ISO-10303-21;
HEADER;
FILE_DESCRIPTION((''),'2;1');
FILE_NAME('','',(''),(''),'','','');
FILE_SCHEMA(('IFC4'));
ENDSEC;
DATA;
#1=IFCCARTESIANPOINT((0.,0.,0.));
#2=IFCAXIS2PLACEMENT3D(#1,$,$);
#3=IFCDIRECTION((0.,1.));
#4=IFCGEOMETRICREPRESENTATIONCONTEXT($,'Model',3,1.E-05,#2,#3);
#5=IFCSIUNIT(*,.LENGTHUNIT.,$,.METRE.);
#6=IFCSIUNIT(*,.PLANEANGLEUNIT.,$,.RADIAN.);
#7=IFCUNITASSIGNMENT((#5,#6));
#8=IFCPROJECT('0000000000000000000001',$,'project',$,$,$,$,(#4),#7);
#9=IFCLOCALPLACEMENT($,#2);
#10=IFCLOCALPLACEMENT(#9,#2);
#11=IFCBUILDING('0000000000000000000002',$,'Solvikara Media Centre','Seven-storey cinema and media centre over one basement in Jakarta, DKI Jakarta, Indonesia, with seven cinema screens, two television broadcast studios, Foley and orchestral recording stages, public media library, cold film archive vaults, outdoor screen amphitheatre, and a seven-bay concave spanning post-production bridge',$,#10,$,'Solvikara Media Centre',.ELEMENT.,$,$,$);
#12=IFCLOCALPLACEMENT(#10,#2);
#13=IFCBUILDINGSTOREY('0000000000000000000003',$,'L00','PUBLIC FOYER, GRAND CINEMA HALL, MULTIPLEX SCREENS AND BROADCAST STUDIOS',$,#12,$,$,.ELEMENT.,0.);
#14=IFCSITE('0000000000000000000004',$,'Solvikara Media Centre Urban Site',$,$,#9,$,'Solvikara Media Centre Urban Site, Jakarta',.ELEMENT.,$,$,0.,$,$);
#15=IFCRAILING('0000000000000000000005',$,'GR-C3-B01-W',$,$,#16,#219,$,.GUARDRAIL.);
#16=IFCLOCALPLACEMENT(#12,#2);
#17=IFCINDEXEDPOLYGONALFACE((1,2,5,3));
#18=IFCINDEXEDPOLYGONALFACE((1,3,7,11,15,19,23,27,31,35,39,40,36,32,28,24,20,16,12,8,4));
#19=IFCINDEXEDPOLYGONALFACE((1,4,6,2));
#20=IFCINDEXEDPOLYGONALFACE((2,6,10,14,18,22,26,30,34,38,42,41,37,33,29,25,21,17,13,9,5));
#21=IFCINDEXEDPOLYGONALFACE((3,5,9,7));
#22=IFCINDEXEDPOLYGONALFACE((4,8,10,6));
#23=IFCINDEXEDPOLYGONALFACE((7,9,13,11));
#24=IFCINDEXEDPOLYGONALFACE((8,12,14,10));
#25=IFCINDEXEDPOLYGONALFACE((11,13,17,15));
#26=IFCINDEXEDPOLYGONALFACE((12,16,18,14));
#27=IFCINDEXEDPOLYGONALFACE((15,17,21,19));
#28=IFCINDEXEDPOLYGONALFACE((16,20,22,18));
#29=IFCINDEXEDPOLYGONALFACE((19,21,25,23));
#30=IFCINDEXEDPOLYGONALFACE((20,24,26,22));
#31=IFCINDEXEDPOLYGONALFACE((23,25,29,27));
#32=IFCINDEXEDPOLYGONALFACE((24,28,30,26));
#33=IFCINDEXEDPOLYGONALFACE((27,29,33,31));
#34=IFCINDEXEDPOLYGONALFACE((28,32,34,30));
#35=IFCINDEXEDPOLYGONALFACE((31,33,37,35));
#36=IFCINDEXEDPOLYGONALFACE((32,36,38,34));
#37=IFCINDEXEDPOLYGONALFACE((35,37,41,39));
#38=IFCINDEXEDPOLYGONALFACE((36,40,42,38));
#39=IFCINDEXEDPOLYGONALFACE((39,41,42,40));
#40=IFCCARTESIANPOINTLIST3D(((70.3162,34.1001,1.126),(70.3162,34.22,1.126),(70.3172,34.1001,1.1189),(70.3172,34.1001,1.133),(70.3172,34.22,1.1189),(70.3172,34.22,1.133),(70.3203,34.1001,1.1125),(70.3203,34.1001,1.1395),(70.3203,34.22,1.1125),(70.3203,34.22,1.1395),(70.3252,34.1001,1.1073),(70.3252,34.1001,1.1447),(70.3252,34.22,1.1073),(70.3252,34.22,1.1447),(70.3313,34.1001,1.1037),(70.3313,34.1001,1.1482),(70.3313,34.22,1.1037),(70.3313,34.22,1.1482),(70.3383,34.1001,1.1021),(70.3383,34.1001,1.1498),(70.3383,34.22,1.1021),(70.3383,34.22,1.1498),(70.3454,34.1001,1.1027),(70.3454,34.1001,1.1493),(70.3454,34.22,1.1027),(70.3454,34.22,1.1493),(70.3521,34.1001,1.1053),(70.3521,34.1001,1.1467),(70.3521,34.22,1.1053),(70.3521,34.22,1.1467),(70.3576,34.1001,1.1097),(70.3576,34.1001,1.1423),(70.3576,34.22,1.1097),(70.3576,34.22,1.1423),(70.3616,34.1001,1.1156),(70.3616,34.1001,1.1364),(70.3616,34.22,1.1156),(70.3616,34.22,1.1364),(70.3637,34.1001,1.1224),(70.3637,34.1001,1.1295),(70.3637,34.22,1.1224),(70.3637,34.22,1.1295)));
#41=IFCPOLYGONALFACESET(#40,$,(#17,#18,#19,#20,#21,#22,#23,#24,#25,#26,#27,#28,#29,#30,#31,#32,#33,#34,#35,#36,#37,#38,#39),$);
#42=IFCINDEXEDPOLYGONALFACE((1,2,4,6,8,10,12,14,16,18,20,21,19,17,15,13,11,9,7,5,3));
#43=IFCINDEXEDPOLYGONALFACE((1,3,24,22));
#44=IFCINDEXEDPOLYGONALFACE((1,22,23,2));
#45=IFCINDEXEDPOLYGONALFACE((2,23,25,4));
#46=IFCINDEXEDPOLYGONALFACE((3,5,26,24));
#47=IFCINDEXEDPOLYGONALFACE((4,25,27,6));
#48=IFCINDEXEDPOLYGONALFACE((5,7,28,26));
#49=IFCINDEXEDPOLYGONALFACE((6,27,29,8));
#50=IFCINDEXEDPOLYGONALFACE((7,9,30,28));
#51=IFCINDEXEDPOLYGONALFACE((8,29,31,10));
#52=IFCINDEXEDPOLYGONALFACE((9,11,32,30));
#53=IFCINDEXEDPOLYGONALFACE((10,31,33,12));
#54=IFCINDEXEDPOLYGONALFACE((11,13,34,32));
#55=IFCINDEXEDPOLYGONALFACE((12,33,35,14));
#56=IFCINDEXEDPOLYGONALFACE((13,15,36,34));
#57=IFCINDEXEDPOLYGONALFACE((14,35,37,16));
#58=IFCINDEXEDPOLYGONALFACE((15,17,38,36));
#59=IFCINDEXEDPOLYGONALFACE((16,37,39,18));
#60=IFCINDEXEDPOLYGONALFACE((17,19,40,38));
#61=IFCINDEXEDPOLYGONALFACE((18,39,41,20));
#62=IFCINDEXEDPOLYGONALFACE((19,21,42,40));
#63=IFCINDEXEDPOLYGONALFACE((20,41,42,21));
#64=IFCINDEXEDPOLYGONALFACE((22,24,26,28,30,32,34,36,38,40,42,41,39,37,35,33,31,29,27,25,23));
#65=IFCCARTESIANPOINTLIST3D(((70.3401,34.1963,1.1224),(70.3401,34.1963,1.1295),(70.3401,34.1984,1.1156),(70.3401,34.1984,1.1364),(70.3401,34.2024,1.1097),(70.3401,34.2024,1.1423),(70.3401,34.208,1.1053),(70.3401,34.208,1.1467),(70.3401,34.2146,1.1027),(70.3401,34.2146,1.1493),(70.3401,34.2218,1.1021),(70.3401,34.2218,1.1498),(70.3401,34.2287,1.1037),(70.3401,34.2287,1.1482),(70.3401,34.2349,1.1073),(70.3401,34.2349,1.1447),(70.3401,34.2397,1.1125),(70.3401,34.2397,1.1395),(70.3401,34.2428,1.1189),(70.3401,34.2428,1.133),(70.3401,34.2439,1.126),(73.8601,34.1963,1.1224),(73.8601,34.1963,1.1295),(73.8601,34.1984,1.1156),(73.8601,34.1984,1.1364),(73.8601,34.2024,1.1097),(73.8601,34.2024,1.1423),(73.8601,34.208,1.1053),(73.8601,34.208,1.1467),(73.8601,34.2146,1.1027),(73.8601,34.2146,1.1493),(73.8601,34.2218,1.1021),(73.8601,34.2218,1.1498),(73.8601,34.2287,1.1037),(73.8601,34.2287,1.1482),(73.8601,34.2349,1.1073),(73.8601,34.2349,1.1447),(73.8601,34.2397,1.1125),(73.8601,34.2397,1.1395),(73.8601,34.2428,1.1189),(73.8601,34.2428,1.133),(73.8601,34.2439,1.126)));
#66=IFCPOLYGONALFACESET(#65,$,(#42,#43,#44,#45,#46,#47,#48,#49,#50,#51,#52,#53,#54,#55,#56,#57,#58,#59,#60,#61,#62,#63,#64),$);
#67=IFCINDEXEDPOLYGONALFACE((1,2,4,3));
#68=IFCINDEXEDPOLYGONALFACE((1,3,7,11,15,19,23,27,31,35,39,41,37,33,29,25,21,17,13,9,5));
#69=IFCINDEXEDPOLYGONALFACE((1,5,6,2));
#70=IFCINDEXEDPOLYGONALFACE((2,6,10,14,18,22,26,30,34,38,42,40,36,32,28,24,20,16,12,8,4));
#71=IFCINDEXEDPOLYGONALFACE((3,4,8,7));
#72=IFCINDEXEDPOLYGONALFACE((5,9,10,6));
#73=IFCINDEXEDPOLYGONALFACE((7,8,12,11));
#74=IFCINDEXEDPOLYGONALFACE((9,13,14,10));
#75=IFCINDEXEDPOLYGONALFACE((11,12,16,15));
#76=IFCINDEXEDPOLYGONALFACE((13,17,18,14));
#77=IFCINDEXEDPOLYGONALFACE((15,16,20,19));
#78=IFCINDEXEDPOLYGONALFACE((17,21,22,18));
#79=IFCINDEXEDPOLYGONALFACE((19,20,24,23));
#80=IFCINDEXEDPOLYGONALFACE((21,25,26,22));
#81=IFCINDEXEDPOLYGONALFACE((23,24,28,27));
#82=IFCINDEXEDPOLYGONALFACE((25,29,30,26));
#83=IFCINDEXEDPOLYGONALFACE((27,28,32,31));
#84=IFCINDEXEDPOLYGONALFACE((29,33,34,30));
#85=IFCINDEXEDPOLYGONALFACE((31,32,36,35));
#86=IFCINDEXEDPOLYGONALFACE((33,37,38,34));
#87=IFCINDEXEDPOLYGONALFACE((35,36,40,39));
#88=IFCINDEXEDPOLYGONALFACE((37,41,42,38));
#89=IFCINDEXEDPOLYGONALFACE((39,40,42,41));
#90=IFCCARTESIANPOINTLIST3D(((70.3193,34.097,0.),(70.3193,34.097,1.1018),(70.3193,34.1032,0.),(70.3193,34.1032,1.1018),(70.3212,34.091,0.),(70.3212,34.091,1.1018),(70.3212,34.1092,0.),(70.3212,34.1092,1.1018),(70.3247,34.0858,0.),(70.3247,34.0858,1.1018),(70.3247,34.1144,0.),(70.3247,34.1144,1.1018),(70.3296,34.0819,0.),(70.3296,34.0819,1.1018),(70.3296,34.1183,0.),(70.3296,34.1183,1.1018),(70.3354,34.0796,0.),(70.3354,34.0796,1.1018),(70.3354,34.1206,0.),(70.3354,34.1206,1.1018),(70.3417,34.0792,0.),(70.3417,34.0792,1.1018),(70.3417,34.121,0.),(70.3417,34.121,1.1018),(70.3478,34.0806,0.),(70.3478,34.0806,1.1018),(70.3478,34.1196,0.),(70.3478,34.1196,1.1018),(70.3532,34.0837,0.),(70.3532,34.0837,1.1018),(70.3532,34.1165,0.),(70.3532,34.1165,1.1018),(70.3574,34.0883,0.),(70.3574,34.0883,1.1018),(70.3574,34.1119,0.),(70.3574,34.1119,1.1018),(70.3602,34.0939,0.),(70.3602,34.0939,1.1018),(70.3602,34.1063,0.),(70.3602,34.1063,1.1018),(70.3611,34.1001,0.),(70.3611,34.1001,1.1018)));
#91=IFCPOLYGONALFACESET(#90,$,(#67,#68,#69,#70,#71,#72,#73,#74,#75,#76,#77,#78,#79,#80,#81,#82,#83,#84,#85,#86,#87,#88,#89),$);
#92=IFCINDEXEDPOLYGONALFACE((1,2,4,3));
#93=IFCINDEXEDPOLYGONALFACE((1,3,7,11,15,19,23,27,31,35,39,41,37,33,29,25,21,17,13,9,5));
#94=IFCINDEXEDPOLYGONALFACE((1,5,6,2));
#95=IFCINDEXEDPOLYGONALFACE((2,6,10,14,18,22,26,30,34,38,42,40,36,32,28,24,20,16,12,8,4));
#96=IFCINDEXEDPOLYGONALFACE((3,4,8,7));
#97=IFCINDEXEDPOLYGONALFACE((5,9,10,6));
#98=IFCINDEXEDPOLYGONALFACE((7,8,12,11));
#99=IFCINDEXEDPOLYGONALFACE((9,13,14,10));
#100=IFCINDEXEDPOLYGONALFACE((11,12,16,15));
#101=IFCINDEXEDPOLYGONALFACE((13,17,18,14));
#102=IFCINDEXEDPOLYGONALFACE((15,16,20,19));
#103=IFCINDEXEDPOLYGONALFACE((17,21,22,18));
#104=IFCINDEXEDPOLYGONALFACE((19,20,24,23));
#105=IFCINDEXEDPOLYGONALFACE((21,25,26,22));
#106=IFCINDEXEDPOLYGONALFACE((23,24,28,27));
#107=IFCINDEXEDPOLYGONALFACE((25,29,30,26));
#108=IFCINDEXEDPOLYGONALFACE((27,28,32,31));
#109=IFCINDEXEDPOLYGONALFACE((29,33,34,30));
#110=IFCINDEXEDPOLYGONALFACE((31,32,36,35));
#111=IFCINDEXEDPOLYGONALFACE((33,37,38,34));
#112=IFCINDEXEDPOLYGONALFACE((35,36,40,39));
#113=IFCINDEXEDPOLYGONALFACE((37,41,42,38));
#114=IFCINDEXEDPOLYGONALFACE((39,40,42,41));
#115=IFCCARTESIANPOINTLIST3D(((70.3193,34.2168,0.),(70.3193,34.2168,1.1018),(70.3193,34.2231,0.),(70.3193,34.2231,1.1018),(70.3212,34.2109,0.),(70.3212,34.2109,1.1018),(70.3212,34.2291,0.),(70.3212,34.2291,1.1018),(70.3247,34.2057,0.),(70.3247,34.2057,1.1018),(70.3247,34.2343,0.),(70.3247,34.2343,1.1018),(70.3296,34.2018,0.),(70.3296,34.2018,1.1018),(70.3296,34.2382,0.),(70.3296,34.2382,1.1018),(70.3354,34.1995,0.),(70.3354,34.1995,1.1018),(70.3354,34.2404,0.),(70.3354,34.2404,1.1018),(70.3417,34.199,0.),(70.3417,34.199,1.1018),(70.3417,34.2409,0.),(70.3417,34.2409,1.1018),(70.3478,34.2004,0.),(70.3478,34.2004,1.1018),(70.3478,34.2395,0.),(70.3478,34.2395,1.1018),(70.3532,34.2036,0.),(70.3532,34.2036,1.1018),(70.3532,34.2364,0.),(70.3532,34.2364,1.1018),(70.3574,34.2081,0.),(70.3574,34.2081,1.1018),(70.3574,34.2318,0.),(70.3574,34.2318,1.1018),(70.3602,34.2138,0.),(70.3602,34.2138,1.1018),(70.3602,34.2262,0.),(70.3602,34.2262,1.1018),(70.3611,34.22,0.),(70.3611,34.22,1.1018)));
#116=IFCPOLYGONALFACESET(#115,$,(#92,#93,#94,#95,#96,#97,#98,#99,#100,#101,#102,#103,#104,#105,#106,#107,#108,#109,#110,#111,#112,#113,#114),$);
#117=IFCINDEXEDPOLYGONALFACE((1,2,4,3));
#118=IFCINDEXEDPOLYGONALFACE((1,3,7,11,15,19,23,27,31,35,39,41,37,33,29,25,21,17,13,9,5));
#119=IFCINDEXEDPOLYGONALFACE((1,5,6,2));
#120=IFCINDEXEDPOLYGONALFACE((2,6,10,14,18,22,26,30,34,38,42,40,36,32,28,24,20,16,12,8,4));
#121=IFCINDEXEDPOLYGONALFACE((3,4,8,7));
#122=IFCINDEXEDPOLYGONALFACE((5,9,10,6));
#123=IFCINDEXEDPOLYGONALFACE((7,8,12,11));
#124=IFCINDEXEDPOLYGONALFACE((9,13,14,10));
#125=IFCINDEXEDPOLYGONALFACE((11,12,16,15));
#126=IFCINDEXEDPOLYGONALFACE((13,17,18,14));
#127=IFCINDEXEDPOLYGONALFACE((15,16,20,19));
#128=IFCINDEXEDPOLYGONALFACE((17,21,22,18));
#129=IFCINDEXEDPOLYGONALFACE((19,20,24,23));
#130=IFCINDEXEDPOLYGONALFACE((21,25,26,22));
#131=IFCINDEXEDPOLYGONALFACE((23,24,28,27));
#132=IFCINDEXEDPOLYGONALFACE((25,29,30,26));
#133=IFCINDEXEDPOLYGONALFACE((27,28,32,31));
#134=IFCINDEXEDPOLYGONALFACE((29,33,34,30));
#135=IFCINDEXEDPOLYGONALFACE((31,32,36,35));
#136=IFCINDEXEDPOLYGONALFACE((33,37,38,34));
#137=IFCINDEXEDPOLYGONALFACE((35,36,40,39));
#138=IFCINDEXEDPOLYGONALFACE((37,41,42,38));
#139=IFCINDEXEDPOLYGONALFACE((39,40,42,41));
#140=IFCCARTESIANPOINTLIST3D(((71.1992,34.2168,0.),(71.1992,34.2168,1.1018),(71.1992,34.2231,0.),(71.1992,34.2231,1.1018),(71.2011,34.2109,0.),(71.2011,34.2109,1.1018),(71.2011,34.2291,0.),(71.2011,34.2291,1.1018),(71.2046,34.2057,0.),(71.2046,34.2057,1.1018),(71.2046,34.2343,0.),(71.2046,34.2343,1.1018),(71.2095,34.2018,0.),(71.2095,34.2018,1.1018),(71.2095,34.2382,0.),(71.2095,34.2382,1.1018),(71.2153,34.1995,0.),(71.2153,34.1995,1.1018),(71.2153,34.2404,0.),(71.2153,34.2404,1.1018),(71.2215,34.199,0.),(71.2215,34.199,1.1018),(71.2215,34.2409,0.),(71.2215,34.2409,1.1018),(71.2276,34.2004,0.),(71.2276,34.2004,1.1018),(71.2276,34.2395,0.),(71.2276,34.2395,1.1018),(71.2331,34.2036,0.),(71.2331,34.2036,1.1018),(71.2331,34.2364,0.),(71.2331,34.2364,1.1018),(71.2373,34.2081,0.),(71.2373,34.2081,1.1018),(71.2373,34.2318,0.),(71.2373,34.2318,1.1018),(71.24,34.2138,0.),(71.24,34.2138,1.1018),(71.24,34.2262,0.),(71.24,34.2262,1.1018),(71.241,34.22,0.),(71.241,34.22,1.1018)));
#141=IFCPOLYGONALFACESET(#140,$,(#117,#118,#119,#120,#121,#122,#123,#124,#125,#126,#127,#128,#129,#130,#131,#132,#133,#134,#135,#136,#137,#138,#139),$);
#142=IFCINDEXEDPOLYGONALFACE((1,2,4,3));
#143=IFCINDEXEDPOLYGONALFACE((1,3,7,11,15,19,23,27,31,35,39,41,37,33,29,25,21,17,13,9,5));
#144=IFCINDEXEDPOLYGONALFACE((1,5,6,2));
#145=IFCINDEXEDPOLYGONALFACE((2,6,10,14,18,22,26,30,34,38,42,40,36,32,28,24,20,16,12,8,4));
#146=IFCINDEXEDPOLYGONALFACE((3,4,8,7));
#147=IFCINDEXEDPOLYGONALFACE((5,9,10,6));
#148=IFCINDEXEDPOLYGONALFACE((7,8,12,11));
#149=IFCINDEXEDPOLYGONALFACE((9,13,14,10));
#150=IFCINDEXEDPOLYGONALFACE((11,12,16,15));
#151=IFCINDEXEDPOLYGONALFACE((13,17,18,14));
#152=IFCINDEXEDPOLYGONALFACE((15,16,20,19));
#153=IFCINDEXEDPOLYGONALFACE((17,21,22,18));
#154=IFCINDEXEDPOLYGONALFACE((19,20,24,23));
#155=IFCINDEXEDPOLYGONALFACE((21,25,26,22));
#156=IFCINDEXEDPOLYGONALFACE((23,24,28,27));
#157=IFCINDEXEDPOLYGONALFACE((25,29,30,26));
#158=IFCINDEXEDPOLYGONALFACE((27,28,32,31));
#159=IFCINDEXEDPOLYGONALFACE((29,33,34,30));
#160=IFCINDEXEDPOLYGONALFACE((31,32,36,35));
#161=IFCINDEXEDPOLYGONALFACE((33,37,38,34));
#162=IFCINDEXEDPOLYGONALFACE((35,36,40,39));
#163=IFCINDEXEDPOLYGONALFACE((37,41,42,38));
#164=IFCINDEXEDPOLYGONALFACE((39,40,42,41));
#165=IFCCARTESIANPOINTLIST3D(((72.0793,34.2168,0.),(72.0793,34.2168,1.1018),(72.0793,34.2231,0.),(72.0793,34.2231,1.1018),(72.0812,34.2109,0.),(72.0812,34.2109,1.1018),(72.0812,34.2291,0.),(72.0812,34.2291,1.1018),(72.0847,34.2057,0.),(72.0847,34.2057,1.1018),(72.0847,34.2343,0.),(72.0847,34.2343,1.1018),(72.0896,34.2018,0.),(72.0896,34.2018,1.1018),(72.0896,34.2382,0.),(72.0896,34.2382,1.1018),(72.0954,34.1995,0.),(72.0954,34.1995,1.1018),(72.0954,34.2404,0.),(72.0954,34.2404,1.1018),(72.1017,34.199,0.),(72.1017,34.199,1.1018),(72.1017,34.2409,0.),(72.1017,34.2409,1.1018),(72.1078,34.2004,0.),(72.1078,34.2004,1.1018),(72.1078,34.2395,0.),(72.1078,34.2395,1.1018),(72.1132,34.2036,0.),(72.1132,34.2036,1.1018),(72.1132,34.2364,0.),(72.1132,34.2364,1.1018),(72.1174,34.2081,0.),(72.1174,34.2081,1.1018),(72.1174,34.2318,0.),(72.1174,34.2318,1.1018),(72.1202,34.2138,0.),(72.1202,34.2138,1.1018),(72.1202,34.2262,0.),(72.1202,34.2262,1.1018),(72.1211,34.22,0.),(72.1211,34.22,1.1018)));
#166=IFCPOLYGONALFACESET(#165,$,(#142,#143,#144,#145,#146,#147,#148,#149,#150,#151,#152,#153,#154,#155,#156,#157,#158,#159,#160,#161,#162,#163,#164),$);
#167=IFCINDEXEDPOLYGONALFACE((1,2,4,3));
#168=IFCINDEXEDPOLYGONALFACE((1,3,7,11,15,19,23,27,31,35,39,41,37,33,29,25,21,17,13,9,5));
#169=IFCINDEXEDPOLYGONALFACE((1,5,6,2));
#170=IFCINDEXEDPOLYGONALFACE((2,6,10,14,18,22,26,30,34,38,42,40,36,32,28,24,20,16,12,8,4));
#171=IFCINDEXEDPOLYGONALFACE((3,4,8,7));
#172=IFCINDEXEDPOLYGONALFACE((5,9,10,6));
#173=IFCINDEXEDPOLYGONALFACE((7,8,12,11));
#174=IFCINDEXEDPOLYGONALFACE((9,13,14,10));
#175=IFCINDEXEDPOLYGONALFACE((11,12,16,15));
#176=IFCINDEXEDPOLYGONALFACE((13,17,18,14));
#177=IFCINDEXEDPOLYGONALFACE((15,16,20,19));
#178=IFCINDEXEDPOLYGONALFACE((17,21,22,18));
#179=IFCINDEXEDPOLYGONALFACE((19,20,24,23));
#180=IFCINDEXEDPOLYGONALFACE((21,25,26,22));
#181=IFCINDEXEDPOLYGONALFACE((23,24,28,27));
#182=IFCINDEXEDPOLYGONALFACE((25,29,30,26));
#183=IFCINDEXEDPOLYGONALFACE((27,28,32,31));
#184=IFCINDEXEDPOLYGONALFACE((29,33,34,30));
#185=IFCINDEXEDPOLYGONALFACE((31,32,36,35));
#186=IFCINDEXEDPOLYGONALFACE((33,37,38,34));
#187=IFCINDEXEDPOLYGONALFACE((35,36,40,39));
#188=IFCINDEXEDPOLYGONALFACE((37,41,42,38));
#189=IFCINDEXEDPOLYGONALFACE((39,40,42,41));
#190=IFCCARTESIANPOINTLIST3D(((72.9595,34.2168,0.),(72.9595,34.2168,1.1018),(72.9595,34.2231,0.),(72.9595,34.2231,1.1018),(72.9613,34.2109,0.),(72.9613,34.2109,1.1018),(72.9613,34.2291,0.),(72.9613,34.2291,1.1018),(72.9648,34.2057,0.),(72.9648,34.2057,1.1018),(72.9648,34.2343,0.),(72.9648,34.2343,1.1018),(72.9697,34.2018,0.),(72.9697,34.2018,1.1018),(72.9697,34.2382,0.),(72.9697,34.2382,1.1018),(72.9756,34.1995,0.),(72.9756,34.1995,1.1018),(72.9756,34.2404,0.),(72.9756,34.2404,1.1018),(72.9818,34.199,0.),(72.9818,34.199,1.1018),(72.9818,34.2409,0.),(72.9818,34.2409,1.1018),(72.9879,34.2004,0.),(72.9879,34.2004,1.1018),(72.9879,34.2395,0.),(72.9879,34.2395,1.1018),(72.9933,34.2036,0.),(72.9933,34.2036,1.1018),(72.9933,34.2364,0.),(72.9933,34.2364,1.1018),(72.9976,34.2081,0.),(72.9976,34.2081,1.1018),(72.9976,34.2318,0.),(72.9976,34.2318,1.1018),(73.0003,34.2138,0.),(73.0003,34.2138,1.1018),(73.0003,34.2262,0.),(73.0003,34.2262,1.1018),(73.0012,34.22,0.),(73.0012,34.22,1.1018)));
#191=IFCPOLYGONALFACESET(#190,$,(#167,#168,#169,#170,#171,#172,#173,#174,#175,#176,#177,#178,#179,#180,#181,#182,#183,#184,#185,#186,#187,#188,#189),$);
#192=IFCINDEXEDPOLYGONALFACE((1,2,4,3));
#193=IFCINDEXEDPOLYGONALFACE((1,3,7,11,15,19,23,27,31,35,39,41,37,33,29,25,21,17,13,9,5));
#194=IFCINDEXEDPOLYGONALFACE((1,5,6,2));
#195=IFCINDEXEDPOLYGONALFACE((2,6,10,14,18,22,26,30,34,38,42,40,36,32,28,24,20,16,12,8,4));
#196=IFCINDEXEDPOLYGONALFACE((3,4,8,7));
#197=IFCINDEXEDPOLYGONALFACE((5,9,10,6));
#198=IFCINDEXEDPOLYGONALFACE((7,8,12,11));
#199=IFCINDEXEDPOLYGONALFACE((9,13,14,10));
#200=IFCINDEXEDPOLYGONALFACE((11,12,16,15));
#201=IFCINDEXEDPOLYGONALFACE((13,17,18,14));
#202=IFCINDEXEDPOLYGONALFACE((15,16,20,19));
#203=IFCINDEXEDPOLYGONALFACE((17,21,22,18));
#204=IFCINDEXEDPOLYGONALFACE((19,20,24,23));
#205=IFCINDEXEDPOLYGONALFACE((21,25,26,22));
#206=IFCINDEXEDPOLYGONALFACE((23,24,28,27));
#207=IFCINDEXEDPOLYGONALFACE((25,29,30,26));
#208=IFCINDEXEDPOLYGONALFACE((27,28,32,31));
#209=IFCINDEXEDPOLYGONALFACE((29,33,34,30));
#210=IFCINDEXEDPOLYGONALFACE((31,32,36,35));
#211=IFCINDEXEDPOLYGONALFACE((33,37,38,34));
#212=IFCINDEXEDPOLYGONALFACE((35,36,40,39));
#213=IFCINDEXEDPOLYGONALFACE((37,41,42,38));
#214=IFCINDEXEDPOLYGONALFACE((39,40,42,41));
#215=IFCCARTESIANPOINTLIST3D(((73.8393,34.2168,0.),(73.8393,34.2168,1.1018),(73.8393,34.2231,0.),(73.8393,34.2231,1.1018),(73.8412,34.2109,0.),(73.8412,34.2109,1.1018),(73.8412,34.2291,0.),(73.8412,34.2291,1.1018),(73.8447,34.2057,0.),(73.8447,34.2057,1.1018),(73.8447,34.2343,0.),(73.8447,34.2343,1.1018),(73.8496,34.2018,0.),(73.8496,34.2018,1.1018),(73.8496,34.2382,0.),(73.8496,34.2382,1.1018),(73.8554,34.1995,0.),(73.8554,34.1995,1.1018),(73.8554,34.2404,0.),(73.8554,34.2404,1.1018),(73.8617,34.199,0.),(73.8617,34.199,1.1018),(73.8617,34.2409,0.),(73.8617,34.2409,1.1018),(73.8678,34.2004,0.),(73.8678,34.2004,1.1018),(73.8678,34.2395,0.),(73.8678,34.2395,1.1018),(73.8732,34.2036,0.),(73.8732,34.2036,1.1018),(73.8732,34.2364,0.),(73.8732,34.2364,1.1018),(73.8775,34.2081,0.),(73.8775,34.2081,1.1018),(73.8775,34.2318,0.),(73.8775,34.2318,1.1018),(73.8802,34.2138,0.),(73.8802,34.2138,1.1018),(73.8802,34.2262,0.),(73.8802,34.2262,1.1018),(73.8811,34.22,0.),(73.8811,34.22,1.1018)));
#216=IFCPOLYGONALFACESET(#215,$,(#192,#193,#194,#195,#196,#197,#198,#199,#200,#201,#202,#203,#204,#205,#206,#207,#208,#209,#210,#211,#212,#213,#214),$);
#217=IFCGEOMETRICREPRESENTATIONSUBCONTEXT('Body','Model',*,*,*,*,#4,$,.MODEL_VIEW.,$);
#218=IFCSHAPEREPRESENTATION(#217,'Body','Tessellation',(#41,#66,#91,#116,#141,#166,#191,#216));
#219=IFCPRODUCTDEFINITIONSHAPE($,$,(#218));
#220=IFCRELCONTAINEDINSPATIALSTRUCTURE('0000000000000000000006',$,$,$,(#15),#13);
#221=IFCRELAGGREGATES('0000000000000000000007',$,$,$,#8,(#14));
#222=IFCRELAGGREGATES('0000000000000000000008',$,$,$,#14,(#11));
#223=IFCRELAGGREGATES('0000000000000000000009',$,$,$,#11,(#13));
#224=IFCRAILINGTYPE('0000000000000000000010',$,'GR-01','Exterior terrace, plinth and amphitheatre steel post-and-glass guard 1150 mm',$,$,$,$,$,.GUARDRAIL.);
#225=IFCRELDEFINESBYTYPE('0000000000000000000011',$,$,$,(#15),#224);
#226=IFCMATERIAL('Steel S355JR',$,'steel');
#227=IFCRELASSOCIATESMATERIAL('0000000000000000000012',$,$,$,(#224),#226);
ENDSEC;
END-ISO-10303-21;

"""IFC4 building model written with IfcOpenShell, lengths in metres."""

from ifc_helpers import new_model, si_unit, direction, frame, origin, origin_2d, place, context, subcontext, project, spatial, circle, extrude, material, type_object, element, save


model = new_model("IFC4")

# Units and contexts
model_context = context("Model", 3, precision=1e-05, world=origin(), true_north=direction((0.0, 1.0)))
body_context = subcontext(model_context, "Body", "Model", "MODEL_VIEW")
ifc_project = project(units=[si_unit("LENGTHUNIT", "METRE"), si_unit("PLANEANGLEUNIT", "RADIAN")], contexts=[model_context])

# Site, building, storey
site_placement = place(None, origin())
site = spatial("IfcSite", under=ifc_project, at=site_placement, Name="Solvikara Media Centre Urban Site", LongName="Solvikara Media Centre Urban Site, Jakarta", CompositionType="ELEMENT", RefElevation=0.0)
building_placement = place(site_placement, origin())
building = spatial("IfcBuilding", under=site, at=building_placement, Name="Solvikara Media Centre", Description="Seven-storey cinema and media centre over one basement in Jakarta, DKI Jakarta, Indonesia, with seven cinema screens, two television broadcast studios, Foley and orchestral recording stages, public media library, cold film archive vaults, outdoor screen amphitheatre, and a seven-bay concave spanning post-production bridge", LongName="Solvikara Media Centre", CompositionType="ELEMENT")
storey_placement = place(building_placement, origin())
storey = spatial("IfcBuildingStorey", under=building, at=storey_placement, Name="L00", Description="PUBLIC FOYER, GRAND CINEMA HALL, MULTIPLEX SCREENS AND BROADCAST STUDIOS", CompositionType="ELEMENT", Elevation=0.0)

# Shared definitions
ifc_material_1 = material(Name="Steel S355JR", Category="steel")

# Railing
railing_type_1 = type_object("IfcRailingType", Name="GR-01", Description="Exterior terrace, plinth and amphitheatre steel post-and-glass guard 1150 mm", PredefinedType="GUARDRAIL", material=ifc_material_1)
railing_1_placement = place(storey_placement, frame((70.3401, 34.1001, 0.0)))
element("IfcRailing", 1, at=railing_1_placement, inside=storey, type_object=railing_type_1, Name="GR-C3-B01-W", PredefinedType="GUARDRAIL", context=body_context, shape_type="SweptSolid", body=[
    extrude(circle(Radius=0.0239, at=origin_2d()), frame((0.0, 0.0, 1.126), z_axis=(0.0, 1.0, 0.0), x_axis=(-1.0, 0.0, 0.0)), (0.0, 0.0, 1.0), 0.1199),
    extrude(circle(Radius=0.0239, at=origin_2d()), frame((0.0, 0.1199, 1.126), z_axis=(1.0, 0.0, 0.0), x_axis=(0.0, 1.0, 0.0)), (0.0, 0.0, 1.0), 3.52),
    extrude(circle(Radius=0.021, at=origin_2d()), origin(), (0.0, 0.0, 1.0), 1.1018),
    extrude(circle(Radius=0.021, at=origin_2d()), frame((0.0, 0.1199, 0.0)), (0.0, 0.0, 1.0), 1.1018),
    extrude(circle(Radius=0.021, at=origin_2d()), frame((0.8799, 0.1199, 0.0)), (0.0, 0.0, 1.0), 1.1018),
    extrude(circle(Radius=0.021, at=origin_2d()), frame((1.76, 0.1199, 0.0)), (0.0, 0.0, 1.0), 1.1018),
    extrude(circle(Radius=0.021, at=origin_2d()), frame((2.6401, 0.1199, 0.0)), (0.0, 0.0, 1.0), 1.1018),
    extrude(circle(Radius=0.021, at=origin_2d()), frame((3.52, 0.1199, 0.0)), (0.0, 0.0, 1.0), 1.1018),
])

save(model, "model.ifc")
